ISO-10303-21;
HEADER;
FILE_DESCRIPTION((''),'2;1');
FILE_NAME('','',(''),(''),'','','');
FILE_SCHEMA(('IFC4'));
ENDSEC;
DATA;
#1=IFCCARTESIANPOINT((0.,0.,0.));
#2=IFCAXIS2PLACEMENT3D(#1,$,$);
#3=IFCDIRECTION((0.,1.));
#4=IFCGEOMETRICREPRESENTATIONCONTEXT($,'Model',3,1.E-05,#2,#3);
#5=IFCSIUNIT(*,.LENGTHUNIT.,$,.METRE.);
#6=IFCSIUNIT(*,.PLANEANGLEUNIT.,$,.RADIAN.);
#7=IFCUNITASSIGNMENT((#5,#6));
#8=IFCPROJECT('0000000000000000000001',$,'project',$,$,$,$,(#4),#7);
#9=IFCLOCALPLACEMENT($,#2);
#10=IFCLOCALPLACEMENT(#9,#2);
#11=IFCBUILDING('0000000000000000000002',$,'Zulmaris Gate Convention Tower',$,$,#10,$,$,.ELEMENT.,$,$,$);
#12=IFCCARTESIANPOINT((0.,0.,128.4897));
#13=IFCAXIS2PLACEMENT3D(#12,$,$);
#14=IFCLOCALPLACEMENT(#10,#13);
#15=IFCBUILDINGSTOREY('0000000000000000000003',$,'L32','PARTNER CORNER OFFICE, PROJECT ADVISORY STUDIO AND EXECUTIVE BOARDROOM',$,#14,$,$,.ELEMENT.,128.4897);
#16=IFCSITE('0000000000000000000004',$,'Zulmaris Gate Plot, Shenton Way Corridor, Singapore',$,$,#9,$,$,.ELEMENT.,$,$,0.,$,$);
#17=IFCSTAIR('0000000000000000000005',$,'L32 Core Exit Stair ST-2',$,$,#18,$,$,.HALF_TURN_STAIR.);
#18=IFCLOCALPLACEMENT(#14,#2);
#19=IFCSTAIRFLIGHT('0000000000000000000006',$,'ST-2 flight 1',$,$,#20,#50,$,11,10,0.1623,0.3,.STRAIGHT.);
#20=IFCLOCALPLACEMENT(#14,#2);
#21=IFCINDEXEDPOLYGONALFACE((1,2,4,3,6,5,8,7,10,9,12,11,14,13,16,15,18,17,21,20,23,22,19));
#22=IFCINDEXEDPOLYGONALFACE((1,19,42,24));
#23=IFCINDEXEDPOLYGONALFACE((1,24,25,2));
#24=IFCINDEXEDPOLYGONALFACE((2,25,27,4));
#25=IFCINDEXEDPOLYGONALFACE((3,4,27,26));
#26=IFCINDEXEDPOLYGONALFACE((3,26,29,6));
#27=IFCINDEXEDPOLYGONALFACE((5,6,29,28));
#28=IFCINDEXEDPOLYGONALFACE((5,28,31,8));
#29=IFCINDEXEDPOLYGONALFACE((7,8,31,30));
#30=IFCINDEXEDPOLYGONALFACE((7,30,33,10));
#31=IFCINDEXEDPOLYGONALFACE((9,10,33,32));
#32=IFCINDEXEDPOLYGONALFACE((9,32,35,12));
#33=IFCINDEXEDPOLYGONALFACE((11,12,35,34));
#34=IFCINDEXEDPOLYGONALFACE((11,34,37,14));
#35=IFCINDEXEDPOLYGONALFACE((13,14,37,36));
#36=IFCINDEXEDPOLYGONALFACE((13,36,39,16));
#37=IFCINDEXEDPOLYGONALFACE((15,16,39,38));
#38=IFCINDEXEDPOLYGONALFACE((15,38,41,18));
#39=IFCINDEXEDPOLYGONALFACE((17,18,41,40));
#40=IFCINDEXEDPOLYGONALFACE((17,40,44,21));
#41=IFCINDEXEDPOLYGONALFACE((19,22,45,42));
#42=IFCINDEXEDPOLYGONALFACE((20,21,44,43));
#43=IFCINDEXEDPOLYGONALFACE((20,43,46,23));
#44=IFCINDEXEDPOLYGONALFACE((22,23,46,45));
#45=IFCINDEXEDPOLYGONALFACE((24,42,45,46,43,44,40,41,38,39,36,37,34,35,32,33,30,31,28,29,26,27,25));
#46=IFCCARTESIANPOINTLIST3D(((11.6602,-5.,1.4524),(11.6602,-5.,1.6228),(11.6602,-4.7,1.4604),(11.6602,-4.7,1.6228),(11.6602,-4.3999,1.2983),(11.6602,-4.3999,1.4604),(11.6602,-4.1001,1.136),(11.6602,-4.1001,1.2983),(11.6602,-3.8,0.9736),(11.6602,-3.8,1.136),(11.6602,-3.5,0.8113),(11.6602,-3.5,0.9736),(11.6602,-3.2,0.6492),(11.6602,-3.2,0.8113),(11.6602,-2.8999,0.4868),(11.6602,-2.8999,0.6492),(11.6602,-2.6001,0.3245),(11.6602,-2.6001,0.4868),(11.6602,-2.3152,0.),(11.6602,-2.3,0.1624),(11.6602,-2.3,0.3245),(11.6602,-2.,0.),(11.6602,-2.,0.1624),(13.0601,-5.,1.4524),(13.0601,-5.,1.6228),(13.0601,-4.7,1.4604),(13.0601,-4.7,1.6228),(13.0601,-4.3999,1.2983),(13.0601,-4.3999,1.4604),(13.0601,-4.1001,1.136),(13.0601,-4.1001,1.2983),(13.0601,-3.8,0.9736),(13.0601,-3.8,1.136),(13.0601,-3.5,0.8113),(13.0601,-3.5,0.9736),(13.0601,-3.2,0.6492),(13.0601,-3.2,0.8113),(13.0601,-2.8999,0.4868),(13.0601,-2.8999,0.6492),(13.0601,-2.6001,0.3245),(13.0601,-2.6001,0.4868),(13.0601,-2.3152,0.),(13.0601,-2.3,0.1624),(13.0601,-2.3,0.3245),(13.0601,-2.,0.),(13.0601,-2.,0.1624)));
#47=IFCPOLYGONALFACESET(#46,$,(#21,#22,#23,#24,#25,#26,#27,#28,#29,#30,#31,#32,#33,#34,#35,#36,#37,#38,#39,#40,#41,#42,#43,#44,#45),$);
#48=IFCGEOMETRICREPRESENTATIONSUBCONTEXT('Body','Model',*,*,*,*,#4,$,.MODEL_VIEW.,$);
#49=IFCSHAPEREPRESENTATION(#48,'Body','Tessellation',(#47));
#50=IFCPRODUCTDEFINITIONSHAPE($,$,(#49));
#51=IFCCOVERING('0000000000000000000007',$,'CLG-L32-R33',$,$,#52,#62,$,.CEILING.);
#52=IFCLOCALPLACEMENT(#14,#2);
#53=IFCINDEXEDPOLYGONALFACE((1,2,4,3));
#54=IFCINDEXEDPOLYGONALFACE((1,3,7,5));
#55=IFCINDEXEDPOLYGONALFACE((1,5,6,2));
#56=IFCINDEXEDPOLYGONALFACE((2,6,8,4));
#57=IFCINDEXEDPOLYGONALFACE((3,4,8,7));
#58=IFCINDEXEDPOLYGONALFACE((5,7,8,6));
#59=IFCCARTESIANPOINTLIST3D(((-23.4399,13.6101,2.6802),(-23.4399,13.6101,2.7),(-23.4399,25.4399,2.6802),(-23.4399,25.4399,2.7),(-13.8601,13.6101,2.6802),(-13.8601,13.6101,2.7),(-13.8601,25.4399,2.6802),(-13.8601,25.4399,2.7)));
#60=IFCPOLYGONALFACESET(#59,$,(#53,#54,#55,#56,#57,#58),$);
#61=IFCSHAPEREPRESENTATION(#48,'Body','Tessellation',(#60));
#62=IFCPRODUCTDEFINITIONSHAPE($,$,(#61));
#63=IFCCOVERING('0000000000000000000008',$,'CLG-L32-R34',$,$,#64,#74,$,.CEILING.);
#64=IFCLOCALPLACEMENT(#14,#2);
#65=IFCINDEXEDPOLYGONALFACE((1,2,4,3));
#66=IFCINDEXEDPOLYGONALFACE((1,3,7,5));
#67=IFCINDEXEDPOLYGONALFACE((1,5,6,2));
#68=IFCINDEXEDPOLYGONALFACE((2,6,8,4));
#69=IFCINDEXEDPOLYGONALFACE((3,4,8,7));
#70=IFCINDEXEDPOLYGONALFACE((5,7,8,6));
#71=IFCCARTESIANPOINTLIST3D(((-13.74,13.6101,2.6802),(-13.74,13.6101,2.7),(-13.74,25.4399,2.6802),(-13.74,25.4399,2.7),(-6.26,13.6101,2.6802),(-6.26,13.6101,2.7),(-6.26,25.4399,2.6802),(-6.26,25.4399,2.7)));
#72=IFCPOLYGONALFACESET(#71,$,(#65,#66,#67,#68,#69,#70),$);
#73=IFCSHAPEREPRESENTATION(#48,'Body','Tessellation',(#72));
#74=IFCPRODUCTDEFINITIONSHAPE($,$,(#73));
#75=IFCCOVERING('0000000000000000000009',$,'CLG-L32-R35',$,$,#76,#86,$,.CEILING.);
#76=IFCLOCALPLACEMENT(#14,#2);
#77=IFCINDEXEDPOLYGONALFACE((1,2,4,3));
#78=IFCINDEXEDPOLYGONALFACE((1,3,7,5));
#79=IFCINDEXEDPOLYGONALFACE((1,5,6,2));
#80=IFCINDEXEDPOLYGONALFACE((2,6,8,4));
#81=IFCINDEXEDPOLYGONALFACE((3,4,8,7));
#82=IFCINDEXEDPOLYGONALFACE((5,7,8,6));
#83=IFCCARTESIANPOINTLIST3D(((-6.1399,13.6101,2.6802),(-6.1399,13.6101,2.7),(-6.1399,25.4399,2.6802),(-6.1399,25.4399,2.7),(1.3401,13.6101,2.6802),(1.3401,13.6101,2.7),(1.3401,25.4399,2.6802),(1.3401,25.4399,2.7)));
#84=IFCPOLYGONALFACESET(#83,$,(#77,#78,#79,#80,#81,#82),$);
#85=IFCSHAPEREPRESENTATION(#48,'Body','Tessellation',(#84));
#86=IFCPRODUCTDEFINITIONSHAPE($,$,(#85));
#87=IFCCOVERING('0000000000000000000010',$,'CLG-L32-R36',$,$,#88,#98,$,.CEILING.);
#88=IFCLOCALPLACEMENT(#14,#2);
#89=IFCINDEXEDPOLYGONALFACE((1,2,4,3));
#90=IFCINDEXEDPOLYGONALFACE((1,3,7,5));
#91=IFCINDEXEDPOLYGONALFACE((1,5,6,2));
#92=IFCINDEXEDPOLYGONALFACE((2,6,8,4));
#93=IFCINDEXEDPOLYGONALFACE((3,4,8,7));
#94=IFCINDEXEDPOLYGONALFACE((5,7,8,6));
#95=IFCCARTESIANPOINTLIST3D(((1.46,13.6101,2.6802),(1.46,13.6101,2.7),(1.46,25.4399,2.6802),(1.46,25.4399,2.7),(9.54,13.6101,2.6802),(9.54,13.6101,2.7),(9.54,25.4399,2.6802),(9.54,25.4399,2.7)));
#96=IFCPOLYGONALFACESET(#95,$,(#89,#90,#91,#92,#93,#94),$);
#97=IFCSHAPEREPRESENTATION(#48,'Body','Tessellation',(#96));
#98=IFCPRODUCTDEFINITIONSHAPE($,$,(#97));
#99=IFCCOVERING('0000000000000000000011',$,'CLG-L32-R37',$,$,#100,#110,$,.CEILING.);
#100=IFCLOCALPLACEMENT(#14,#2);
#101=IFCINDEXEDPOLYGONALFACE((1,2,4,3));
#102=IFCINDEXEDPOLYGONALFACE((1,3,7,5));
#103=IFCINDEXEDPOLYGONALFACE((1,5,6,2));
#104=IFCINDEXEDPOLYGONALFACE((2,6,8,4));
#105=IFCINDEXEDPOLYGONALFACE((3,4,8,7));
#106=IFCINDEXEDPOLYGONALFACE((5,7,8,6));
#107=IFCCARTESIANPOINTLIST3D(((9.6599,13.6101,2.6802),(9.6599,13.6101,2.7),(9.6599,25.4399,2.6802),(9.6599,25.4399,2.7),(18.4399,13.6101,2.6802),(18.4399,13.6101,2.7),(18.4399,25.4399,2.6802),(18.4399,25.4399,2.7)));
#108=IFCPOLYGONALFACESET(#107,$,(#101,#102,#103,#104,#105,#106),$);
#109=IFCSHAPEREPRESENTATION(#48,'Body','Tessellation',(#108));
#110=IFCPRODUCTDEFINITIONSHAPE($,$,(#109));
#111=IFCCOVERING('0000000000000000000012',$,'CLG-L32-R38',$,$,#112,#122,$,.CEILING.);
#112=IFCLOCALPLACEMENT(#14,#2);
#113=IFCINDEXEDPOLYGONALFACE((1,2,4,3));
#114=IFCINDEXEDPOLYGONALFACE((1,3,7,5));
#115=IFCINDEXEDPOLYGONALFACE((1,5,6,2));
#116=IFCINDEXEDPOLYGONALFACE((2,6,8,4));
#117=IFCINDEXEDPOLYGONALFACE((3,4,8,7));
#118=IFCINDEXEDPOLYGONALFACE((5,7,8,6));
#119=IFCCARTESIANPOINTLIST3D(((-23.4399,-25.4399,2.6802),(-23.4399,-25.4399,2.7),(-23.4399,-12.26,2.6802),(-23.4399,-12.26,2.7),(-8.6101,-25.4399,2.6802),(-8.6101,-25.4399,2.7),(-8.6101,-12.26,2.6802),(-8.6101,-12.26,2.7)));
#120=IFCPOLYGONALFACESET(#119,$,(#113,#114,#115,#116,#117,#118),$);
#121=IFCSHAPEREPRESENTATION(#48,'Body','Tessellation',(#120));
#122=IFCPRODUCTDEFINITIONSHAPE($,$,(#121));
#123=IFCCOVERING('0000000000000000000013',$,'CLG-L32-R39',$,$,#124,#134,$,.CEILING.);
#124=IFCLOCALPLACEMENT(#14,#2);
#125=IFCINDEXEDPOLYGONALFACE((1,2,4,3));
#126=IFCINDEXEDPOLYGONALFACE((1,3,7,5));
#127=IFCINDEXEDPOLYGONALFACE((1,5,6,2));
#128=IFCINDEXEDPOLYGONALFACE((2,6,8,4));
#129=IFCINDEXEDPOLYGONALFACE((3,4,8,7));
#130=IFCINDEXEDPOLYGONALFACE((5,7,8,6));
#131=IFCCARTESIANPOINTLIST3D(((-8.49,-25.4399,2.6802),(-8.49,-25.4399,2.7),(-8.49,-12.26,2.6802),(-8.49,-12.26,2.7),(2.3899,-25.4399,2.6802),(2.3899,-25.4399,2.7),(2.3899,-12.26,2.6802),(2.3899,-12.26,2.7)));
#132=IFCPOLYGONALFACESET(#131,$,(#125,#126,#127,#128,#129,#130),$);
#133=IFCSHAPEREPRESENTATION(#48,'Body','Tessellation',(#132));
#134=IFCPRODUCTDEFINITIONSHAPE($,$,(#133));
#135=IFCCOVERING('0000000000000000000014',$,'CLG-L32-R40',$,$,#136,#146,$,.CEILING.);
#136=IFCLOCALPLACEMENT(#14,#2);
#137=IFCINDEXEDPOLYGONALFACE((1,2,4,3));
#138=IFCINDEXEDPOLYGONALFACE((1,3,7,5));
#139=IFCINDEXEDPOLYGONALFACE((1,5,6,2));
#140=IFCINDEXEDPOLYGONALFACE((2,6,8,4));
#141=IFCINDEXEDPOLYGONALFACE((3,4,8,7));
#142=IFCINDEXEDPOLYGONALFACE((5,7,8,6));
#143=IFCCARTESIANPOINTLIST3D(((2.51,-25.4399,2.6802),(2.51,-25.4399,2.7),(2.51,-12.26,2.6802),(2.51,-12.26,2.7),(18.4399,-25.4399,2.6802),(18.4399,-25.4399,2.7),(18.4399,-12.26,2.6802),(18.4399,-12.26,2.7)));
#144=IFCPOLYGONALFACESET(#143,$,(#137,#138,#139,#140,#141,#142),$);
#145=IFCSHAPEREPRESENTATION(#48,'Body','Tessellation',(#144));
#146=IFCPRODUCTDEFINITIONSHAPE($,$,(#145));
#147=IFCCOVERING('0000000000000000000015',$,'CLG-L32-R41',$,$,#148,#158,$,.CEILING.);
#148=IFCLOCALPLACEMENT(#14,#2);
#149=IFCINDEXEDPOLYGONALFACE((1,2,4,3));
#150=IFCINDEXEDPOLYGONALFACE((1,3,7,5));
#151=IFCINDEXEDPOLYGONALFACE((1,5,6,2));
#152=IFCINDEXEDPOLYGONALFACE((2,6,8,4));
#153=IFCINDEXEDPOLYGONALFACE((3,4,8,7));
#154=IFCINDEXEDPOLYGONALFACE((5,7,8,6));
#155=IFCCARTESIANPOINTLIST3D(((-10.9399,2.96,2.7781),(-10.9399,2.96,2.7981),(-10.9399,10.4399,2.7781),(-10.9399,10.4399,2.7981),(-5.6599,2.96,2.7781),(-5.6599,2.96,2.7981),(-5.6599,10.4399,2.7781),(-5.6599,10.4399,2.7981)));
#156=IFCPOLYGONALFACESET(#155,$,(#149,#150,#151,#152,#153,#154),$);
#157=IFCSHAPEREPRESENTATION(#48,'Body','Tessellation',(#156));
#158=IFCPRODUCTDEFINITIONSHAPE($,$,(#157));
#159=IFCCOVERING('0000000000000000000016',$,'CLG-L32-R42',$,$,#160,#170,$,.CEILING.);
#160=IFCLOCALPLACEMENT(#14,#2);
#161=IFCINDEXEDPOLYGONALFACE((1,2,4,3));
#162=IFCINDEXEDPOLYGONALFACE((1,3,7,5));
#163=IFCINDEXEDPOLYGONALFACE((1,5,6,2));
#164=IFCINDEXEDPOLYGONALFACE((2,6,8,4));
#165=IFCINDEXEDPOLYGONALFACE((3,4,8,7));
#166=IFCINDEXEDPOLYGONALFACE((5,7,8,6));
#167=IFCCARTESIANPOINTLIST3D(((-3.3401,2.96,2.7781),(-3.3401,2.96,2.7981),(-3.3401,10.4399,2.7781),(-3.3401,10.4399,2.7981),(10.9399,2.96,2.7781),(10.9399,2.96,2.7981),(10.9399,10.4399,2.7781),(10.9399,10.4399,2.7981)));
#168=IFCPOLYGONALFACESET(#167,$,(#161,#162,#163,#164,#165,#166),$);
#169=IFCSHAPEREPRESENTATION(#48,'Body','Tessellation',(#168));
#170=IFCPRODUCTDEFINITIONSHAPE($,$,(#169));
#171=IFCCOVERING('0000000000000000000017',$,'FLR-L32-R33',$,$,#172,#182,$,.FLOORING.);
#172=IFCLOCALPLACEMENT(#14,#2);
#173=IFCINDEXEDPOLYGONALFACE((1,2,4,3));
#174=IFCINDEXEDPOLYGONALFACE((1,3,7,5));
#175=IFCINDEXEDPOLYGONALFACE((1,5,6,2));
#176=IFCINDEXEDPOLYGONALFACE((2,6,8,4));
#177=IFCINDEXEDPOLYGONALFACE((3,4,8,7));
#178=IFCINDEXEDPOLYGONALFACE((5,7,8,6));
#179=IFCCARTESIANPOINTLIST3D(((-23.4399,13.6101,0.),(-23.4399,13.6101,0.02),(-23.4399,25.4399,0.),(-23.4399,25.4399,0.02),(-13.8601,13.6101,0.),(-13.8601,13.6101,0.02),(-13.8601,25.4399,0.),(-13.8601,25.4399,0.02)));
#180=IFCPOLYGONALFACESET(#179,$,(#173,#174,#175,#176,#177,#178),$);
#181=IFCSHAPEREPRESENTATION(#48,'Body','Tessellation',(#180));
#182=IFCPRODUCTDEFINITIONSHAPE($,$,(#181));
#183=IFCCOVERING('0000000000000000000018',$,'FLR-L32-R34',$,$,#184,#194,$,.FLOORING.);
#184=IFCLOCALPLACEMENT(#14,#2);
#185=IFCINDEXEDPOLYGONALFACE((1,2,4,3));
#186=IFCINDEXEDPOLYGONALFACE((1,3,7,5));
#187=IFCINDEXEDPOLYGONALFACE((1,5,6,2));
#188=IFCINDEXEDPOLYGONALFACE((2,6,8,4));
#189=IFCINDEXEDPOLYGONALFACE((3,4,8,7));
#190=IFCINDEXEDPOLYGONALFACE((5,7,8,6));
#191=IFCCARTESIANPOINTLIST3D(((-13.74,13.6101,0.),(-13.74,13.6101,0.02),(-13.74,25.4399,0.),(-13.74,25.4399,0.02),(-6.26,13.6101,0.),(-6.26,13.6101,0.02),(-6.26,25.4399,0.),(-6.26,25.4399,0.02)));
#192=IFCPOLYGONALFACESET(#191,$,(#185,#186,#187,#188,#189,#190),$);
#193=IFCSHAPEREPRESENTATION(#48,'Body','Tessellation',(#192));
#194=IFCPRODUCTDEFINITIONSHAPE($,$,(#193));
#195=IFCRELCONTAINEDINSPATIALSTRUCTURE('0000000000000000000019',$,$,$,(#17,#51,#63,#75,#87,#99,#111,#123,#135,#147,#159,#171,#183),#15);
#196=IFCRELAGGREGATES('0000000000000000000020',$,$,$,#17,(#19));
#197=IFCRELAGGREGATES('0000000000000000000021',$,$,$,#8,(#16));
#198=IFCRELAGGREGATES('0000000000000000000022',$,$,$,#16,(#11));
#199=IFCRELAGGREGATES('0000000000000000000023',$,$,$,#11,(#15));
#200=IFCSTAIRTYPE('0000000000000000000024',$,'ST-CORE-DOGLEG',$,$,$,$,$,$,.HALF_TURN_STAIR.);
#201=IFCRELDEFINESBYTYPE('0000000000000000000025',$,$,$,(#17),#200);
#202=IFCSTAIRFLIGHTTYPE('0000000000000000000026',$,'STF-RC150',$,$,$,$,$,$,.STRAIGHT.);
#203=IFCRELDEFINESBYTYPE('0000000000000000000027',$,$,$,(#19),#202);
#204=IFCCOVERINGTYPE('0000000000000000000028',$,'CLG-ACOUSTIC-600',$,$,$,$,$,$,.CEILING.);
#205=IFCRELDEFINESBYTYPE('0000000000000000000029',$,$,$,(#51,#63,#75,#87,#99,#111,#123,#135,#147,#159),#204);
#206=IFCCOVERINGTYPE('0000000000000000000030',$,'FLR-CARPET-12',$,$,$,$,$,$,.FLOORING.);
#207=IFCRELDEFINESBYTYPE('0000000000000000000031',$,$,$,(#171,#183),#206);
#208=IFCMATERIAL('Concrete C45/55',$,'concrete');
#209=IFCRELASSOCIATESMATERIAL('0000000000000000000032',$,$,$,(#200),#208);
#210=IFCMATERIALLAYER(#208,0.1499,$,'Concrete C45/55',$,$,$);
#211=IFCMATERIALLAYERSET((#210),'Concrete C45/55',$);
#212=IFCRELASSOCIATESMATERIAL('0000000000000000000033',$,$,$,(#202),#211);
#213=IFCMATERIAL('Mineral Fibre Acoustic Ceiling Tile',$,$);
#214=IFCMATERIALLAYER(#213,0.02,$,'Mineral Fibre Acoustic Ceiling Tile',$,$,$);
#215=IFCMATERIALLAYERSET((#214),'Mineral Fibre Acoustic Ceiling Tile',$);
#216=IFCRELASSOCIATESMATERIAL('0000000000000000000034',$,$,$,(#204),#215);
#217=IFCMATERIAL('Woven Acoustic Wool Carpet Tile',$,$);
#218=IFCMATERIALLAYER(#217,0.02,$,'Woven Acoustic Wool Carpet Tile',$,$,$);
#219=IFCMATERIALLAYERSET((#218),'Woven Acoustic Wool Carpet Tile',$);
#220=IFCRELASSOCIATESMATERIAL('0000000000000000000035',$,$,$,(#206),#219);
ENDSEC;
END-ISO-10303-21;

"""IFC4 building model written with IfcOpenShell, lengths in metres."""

from ifc_helpers import new_model, si_unit, direction, frame, origin, place, context, subcontext, project, spatial, polyline, outline, extrude, material, layer, layer_set, type_object, element, aggregate, save


model = new_model("IFC4")

# Units and contexts
model_context = context("Model", 3, precision=1e-05, world=origin(), true_north=direction((0.0, 1.0)))
body_context = subcontext(model_context, "Body", "Model", "MODEL_VIEW")
ifc_project = project(units=[si_unit("LENGTHUNIT", "METRE"), si_unit("PLANEANGLEUNIT", "RADIAN")], contexts=[model_context])

# Site, building, storey
site_placement = place(None, origin())
site = spatial("IfcSite", under=ifc_project, at=site_placement, Name="Zulmaris Gate Plot, Shenton Way Corridor, Singapore", CompositionType="ELEMENT", RefElevation=0.0)
building_placement = place(site_placement, origin())
building = spatial("IfcBuilding", under=site, at=building_placement, Name="Zulmaris Gate Convention Tower", CompositionType="ELEMENT")
storey_placement = place(building_placement, frame((0.0, 0.0, 128.4897)))
storey = spatial("IfcBuildingStorey", under=building, at=storey_placement, Name="L32", Description="PARTNER CORNER OFFICE, PROJECT ADVISORY STUDIO AND EXECUTIVE BOARDROOM", CompositionType="ELEMENT", Elevation=128.4897)

# Stair, stair flight
ifc_material_1 = material(Name="Concrete C45/55", Category="concrete")
stair_type = type_object("IfcStairType", Name="ST-CORE-DOGLEG", PredefinedType="HALF_TURN_STAIR", material=ifc_material_1)
stair_placement = place(storey_placement, origin())
stair = element("IfcStair", 1, at=stair_placement, inside=storey, type_object=stair_type, Name="L32 Core Exit Stair ST-2", PredefinedType="HALF_TURN_STAIR")
ifc_layer_1 = layer(ifc_material_1, 0.1499, Name="Concrete C45/55")
ifc_layer_set_1 = layer_set([ifc_layer_1], Name="Concrete C45/55")
stair_flight_type = type_object("IfcStairFlightType", Name="STF-RC150", PredefinedType="STRAIGHT", material=ifc_layer_set_1)
stair_flight_placement = place(storey_placement, frame((12.3601, -2.0, 0.0), z_axis=(0.0, 0.0, 1.0), x_axis=(0.0, -1.0, 0.0)))
stair_flight = element("IfcStairFlight", 2, at=stair_flight_placement, type_object=stair_flight_type, Name="ST-2 flight 1", NumberOfRisers=11, NumberOfTreads=10, PredefinedType="STRAIGHT", RiserHeight=0.1623, TreadLength=0.3, context=body_context, shape_type="SweptSolid", body=[
    extrude(outline(polyline([(0.0, 0.0), (0.0, 0.1624), (0.3, 0.1624), (0.3, 0.3245), (0.6001, 0.3245), (0.6001, 0.4868), (0.8999, 0.4868), (0.8999, 0.6492), (1.2, 0.6492), (1.2, 0.8113), (1.5, 0.8113), (1.5, 0.9736), (1.8, 0.9736), (1.8, 1.136), (2.1001, 1.136), (2.1001, 1.2983), (2.3999, 1.2983), (2.3999, 1.4604), (2.7, 1.4604), (2.7, 1.6228), (3.0, 1.6228), (3.0, 1.7852), (3.0, 1.4524), (0.3152, 0.0), (0.0, 0.0)])), frame((0.0, 0.7, 0.0), z_axis=(0.0, -1.0, 0.0), x_axis=(1.0, 0.0, 0.0)), (0.0, 0.0, 1.0), 1.3999),
])
aggregate(stair, [stair_flight])

# Coverings
ifc_material_2 = material(Name="Mineral Fibre Acoustic Ceiling Tile")
ifc_layer_2 = layer(ifc_material_2, 0.02, Name="Mineral Fibre Acoustic Ceiling Tile")
ifc_layer_set_2 = layer_set([ifc_layer_2], Name="Mineral Fibre Acoustic Ceiling Tile")
covering_type_1 = type_object("IfcCoveringType", Name="CLG-ACOUSTIC-600", PredefinedType="CEILING", material=ifc_layer_set_2)
covering_1_placement = place(storey_placement, frame((0.0, 0.0, 2.6802)))
element("IfcCovering", 3, at=covering_1_placement, inside=storey, type_object=covering_type_1, Name="CLG-L32-R33", PredefinedType="CEILING", context=body_context, shape_type="SweptSolid", body=[
    extrude(outline(polyline([(-23.4399, 13.6101), (-13.8601, 13.6101), (-13.8601, 25.4399), (-23.4399, 25.4399), (-23.4399, 13.6101)])), origin(), (0.0, 0.0, 1.0), 0.0198),
])
covering_2_placement = place(storey_placement, frame((0.0, 0.0, 2.6802)))
element("IfcCovering", 4, at=covering_2_placement, inside=storey, type_object=covering_type_1, Name="CLG-L32-R34", PredefinedType="CEILING", context=body_context, shape_type="SweptSolid", body=[
    extrude(outline(polyline([(-13.74, 13.6101), (-6.26, 13.6101), (-6.26, 25.4399), (-13.74, 25.4399), (-13.74, 13.6101)])), origin(), (0.0, 0.0, 1.0), 0.0198),
])
covering_3_placement = place(storey_placement, frame((0.0, 0.0, 2.6802)))
element("IfcCovering", 5, at=covering_3_placement, inside=storey, type_object=covering_type_1, Name="CLG-L32-R35", PredefinedType="CEILING", context=body_context, shape_type="SweptSolid", body=[
    extrude(outline(polyline([(-6.1399, 13.6101), (1.3401, 13.6101), (1.3401, 25.4399), (-6.1399, 25.4399), (-6.1399, 13.6101)])), origin(), (0.0, 0.0, 1.0), 0.0198),
])
covering_4_placement = place(storey_placement, frame((0.0, 0.0, 2.6802)))
element("IfcCovering", 6, at=covering_4_placement, inside=storey, type_object=covering_type_1, Name="CLG-L32-R36", PredefinedType="CEILING", context=body_context, shape_type="SweptSolid", body=[
    extrude(outline(polyline([(1.46, 13.6101), (9.54, 13.6101), (9.54, 25.4399), (1.46, 25.4399), (1.46, 13.6101)])), origin(), (0.0, 0.0, 1.0), 0.0198),
])
covering_5_placement = place(storey_placement, frame((0.0, 0.0, 2.6802)))
element("IfcCovering", 7, at=covering_5_placement, inside=storey, type_object=covering_type_1, Name="CLG-L32-R37", PredefinedType="CEILING", context=body_context, shape_type="SweptSolid", body=[
    extrude(outline(polyline([(9.6599, 13.6101), (18.4399, 13.6101), (18.4399, 25.4399), (9.6599, 25.4399), (9.6599, 13.6101)])), origin(), (0.0, 0.0, 1.0), 0.0198),
])
covering_6_placement = place(storey_placement, frame((0.0, 0.0, 2.6802)))
element("IfcCovering", 8, at=covering_6_placement, inside=storey, type_object=covering_type_1, Name="CLG-L32-R38", PredefinedType="CEILING", context=body_context, shape_type="SweptSolid", body=[
    extrude(outline(polyline([(-23.4399, -25.4399), (-8.6101, -25.4399), (-8.6101, -12.26), (-23.4399, -12.26), (-23.4399, -25.4399)])), origin(), (0.0, 0.0, 1.0), 0.0198),
])
covering_7_placement = place(storey_placement, frame((0.0, 0.0, 2.6802)))
element("IfcCovering", 9, at=covering_7_placement, inside=storey, type_object=covering_type_1, Name="CLG-L32-R39", PredefinedType="CEILING", context=body_context, shape_type="SweptSolid", body=[
    extrude(outline(polyline([(-8.49, -25.4399), (2.3899, -25.4399), (2.3899, -12.26), (-8.49, -12.26), (-8.49, -25.4399)])), origin(), (0.0, 0.0, 1.0), 0.0198),
])
covering_8_placement = place(storey_placement, frame((0.0, 0.0, 2.6802)))
element("IfcCovering", 10, at=covering_8_placement, inside=storey, type_object=covering_type_1, Name="CLG-L32-R40", PredefinedType="CEILING", context=body_context, shape_type="SweptSolid", body=[
    extrude(outline(polyline([(2.51, -25.4399), (18.4399, -25.4399), (18.4399, -12.26), (2.51, -12.26), (2.51, -25.4399)])), origin(), (0.0, 0.0, 1.0), 0.0198),
])
covering_9_placement = place(storey_placement, frame((0.0, 0.0, 2.7781)))
element("IfcCovering", 11, at=covering_9_placement, inside=storey, type_object=covering_type_1, Name="CLG-L32-R41", PredefinedType="CEILING", context=body_context, shape_type="SweptSolid", body=[
    extrude(outline(polyline([(-10.9399, 2.96), (-5.6599, 2.96), (-5.6599, 10.4399), (-10.9399, 10.4399), (-10.9399, 2.96)])), origin(), (0.0, 0.0, 1.0), 0.02),
])
covering_10_placement = place(storey_placement, frame((0.0, 0.0, 2.7781)))
element("IfcCovering", 12, at=covering_10_placement, inside=storey, type_object=covering_type_1, Name="CLG-L32-R42", PredefinedType="CEILING", context=body_context, shape_type="SweptSolid", body=[
    extrude(outline(polyline([(-3.3401, 2.96), (10.9399, 2.96), (10.9399, 10.4399), (-3.3401, 10.4399), (-3.3401, 2.96)])), origin(), (0.0, 0.0, 1.0), 0.02),
])
ifc_material_3 = material(Name="Woven Acoustic Wool Carpet Tile")
ifc_layer_3 = layer(ifc_material_3, 0.02, Name="Woven Acoustic Wool Carpet Tile")
ifc_layer_set_3 = layer_set([ifc_layer_3], Name="Woven Acoustic Wool Carpet Tile")
covering_type_2 = type_object("IfcCoveringType", Name="FLR-CARPET-12", PredefinedType="FLOORING", material=ifc_layer_set_3)
covering_11_placement = place(storey_placement, origin())
element("IfcCovering", 13, at=covering_11_placement, inside=storey, type_object=covering_type_2, Name="FLR-L32-R33", PredefinedType="FLOORING", context=body_context, shape_type="SweptSolid", body=[
    extrude(outline(polyline([(-23.4399, 13.6101), (-13.8601, 13.6101), (-13.8601, 25.4399), (-23.4399, 25.4399), (-23.4399, 13.6101)])), origin(), (0.0, 0.0, 1.0), 0.02),
])
covering_12_placement = place(storey_placement, origin())
element("IfcCovering", 14, at=covering_12_placement, inside=storey, type_object=covering_type_2, Name="FLR-L32-R34", PredefinedType="FLOORING", context=body_context, shape_type="SweptSolid", body=[
    extrude(outline(polyline([(-13.74, 13.6101), (-6.26, 13.6101), (-6.26, 25.4399), (-13.74, 25.4399), (-13.74, 13.6101)])), origin(), (0.0, 0.0, 1.0), 0.02),
])

save(model, "model.ifc")
